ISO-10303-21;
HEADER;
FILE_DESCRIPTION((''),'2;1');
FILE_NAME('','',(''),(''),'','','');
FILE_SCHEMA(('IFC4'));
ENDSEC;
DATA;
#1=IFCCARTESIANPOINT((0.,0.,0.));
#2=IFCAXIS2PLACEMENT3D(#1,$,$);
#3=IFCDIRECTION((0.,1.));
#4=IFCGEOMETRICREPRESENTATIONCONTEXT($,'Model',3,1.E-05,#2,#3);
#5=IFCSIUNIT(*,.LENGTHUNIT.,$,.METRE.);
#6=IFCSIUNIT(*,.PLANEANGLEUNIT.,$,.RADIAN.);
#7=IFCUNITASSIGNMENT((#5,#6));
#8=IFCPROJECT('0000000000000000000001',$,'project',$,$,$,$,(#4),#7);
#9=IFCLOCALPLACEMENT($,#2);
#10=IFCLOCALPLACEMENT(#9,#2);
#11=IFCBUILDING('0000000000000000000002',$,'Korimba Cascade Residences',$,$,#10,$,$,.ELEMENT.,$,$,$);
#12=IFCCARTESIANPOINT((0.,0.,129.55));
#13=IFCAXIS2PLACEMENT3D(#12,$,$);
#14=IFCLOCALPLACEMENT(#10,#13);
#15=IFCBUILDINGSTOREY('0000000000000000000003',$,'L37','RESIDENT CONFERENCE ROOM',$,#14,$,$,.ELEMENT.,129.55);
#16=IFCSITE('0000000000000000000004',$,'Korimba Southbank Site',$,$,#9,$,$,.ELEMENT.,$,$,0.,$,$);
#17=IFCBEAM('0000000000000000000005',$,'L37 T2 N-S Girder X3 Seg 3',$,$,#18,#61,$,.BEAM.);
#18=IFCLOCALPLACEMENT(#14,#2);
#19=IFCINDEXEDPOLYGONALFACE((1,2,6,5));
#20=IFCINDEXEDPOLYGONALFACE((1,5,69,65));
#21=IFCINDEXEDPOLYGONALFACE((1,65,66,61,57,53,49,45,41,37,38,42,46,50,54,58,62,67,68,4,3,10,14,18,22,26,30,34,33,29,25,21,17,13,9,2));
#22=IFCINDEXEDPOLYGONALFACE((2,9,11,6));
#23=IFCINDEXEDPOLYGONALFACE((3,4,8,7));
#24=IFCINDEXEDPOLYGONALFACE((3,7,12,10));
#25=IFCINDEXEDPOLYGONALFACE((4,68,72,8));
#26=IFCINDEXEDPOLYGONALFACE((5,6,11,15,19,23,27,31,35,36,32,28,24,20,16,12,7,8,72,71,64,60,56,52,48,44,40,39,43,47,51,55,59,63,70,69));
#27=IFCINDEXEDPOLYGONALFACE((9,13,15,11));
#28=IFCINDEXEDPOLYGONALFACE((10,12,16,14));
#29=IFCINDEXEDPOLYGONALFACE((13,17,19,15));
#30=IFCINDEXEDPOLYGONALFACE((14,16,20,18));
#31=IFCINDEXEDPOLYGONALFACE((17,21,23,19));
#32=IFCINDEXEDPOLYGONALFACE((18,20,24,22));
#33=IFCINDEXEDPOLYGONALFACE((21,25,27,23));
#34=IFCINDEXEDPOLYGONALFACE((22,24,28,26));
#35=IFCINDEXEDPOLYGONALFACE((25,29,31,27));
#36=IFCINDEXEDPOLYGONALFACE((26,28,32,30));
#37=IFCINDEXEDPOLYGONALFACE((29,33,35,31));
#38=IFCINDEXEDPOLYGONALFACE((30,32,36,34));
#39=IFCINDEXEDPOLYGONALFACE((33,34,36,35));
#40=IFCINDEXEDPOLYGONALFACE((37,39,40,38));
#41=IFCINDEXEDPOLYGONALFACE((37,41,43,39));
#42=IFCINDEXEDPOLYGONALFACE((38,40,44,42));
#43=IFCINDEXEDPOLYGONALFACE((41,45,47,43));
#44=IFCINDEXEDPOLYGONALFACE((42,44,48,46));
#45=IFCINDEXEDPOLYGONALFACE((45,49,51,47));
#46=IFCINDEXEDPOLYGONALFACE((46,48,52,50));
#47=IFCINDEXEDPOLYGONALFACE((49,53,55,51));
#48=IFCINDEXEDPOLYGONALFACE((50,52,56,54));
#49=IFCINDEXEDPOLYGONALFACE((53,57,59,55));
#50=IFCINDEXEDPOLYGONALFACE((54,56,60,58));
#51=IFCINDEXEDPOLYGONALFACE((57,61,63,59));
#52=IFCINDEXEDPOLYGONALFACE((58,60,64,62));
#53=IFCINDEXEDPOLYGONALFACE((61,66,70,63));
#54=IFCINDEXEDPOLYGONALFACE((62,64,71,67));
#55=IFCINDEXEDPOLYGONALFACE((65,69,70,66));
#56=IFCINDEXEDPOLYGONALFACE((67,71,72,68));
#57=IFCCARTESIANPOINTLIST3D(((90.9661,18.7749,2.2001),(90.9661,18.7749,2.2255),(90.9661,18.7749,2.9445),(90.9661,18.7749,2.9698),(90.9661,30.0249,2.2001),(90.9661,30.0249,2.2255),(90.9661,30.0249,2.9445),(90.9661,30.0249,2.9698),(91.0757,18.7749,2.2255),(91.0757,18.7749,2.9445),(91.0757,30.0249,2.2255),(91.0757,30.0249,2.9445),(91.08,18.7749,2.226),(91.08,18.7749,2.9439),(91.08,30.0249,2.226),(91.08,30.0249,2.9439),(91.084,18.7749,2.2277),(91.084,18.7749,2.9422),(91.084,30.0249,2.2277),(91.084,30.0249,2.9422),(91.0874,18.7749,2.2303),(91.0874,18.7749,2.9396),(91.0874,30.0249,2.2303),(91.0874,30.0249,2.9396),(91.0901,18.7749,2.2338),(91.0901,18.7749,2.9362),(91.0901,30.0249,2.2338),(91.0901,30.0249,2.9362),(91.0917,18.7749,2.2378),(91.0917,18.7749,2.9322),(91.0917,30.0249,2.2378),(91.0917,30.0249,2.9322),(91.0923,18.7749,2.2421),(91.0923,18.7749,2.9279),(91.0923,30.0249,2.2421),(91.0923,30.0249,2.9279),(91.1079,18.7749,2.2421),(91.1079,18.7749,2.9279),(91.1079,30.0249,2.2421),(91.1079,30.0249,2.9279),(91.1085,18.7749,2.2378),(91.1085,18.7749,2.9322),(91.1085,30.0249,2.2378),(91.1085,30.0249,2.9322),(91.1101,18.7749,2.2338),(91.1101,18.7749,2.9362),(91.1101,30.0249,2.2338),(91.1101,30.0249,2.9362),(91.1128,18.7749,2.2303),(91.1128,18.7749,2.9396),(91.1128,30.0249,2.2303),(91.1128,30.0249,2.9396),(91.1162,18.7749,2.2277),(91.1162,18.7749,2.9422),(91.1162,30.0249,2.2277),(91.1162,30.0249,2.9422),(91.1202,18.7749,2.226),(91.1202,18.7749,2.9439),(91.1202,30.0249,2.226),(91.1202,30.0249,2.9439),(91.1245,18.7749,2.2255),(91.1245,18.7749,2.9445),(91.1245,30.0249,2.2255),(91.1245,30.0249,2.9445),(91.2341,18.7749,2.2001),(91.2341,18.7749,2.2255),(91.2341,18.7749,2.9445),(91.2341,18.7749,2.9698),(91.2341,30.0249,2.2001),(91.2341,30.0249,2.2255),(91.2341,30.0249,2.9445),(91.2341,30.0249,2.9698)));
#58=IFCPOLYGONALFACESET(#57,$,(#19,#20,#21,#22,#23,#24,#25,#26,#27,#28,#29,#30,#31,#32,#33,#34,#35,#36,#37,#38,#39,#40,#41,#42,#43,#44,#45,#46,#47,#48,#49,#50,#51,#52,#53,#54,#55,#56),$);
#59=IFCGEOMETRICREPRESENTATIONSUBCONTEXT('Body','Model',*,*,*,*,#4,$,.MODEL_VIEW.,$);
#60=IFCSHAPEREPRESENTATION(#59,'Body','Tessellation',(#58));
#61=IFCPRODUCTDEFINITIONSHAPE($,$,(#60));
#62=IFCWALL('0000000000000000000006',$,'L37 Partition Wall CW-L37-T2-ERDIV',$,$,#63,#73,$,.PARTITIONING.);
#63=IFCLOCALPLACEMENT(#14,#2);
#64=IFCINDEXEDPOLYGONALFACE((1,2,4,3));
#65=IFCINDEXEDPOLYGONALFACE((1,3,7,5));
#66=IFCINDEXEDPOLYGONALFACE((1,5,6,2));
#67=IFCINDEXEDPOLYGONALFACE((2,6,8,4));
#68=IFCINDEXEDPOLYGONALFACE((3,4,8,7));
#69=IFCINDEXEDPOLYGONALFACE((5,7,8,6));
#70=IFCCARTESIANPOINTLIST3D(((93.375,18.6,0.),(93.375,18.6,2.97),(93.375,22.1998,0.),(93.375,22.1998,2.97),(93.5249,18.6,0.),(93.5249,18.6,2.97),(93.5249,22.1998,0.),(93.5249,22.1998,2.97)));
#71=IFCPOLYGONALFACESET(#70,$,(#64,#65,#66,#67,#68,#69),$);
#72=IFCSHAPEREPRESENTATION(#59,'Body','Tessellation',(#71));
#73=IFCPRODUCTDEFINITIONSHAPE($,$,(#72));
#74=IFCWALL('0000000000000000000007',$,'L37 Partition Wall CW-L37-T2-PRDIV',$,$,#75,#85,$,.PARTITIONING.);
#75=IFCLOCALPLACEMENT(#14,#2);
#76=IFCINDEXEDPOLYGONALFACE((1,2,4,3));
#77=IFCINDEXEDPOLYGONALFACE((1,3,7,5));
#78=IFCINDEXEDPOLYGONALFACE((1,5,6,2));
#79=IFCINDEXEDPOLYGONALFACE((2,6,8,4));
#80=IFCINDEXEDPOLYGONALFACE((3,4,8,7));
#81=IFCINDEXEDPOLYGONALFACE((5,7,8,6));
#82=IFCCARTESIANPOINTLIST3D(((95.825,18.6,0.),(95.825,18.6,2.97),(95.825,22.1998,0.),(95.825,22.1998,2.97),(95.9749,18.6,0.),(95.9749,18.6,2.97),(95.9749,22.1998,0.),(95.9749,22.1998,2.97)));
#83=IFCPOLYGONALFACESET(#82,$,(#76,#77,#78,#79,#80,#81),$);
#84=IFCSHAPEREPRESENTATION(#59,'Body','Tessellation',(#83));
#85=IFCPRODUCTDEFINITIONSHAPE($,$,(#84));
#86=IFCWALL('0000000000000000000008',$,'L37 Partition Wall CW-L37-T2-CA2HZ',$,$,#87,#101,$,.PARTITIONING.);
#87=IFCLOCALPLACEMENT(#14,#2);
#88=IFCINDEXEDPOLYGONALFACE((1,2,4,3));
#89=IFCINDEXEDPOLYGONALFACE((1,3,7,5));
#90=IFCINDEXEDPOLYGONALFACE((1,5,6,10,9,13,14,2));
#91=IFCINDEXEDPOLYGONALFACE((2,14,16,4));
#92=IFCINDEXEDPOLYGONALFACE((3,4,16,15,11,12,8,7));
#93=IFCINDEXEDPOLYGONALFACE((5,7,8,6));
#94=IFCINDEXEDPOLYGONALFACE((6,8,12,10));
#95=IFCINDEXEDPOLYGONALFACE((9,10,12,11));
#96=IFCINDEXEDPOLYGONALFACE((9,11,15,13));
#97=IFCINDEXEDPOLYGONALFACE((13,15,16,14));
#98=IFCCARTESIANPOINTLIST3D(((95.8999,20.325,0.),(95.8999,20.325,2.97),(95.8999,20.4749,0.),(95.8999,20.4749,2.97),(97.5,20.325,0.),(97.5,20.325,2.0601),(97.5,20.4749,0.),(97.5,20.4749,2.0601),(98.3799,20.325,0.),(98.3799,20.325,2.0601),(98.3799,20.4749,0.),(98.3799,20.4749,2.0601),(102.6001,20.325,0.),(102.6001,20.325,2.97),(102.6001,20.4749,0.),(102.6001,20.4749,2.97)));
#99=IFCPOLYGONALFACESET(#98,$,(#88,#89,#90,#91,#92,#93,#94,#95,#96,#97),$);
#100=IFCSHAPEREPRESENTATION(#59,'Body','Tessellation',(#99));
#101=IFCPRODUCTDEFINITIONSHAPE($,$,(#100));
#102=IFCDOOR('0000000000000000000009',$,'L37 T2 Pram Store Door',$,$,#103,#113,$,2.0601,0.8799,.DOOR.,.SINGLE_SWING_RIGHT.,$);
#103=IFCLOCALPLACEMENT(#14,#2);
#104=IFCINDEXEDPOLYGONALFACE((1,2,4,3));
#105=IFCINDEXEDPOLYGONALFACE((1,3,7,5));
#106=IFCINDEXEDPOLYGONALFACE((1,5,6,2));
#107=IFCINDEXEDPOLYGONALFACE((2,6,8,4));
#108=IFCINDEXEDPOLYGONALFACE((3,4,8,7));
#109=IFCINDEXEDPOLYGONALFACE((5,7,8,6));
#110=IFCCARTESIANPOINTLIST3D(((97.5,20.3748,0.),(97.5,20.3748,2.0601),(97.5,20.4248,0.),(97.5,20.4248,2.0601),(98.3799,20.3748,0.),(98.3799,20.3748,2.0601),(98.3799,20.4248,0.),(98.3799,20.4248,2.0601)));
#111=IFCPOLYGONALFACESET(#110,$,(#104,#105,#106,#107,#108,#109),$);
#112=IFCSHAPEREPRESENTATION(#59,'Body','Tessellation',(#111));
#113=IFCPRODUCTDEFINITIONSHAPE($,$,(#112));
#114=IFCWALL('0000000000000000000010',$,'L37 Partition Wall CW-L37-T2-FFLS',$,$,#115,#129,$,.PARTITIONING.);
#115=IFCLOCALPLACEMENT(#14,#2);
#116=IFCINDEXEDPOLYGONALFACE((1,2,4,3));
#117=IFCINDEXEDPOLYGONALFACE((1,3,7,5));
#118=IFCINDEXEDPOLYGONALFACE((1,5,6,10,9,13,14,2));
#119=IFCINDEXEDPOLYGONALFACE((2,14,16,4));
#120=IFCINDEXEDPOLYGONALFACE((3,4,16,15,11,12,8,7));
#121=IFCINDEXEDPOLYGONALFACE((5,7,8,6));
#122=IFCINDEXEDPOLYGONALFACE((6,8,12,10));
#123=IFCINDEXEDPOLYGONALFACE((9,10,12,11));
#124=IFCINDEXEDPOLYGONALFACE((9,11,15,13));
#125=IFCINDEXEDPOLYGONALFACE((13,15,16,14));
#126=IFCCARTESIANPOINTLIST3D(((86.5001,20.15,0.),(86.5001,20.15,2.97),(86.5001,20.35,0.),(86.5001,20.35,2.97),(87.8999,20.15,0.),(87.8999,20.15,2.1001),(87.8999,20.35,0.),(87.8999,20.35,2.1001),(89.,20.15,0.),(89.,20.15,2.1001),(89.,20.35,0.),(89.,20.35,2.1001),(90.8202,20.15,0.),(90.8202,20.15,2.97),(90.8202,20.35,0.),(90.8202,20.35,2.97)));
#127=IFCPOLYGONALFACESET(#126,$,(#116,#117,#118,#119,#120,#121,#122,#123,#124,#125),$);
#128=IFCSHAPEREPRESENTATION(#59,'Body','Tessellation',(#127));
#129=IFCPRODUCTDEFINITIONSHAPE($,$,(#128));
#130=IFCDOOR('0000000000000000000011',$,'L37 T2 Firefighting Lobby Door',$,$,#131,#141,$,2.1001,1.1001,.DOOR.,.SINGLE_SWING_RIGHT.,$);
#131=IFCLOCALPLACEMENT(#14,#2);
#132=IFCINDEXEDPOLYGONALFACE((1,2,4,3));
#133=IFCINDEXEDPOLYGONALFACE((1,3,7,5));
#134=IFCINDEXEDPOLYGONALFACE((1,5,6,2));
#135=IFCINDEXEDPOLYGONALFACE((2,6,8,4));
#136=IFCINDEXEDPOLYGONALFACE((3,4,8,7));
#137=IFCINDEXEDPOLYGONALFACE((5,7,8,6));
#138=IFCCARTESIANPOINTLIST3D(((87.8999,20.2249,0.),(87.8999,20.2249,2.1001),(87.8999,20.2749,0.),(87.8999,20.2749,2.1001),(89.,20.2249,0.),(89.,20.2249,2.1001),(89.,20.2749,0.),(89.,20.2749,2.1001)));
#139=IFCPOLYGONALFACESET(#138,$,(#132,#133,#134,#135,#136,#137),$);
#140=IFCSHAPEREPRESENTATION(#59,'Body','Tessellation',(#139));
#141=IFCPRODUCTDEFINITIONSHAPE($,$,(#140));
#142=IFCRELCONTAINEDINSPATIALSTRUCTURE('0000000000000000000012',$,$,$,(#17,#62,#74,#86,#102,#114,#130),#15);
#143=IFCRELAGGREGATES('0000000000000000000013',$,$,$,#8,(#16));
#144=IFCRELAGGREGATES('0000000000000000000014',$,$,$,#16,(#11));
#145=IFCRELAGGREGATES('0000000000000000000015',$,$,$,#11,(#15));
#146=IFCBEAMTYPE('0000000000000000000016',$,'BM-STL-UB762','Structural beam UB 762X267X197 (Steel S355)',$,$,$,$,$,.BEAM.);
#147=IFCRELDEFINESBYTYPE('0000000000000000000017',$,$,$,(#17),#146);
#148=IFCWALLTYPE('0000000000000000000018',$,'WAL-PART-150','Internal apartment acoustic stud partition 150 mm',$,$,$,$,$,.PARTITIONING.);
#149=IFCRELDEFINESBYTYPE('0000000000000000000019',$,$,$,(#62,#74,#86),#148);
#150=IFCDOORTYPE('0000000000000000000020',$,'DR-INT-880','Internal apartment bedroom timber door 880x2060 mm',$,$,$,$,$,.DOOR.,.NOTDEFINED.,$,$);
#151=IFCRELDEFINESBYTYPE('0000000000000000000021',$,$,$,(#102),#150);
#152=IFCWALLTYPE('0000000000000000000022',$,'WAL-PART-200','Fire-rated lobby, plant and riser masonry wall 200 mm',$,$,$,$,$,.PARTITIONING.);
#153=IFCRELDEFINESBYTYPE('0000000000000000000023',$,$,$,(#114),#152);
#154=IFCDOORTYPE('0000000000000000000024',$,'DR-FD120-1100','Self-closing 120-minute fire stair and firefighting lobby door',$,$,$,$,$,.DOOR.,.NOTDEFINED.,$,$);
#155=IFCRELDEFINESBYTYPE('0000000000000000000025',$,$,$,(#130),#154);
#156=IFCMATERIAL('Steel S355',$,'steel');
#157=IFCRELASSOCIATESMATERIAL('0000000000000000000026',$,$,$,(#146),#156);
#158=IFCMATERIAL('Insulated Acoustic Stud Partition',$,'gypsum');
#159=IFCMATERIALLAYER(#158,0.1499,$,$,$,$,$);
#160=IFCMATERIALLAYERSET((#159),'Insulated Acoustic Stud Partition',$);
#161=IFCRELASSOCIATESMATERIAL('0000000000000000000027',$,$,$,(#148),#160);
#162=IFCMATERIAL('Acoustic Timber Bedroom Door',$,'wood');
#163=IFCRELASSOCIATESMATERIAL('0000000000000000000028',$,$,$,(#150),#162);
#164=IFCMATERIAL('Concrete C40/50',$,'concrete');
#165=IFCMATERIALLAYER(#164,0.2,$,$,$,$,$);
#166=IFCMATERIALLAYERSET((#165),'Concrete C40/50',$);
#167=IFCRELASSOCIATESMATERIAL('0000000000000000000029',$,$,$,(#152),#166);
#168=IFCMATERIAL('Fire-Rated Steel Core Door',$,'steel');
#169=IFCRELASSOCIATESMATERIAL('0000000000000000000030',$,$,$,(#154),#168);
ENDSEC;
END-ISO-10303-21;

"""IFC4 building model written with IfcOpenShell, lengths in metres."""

from ifc_helpers import new_model, si_unit, direction, frame, frame_2d, origin, origin_2d, place, context, subcontext, project, spatial, rectangle, i_section, extrude, material, layer, layer_set, material_profile, profile_set, type_object, element, fill, save


model = new_model("IFC4")

# Units and contexts
model_context = context("Model", 3, precision=1e-05, world=origin(), true_north=direction((0.0, 1.0)))
body_context = subcontext(model_context, "Body", "Model", "MODEL_VIEW")
ifc_project = project(units=[si_unit("LENGTHUNIT", "METRE"), si_unit("PLANEANGLEUNIT", "RADIAN")], contexts=[model_context])

# Site, building, storey
site_placement = place(None, origin())
site = spatial("IfcSite", under=ifc_project, at=site_placement, Name="Korimba Southbank Site", CompositionType="ELEMENT", RefElevation=0.0)
building_placement = place(site_placement, origin())
building = spatial("IfcBuilding", under=site, at=building_placement, Name="Korimba Cascade Residences", CompositionType="ELEMENT")
storey_placement = place(building_placement, frame((0.0, 0.0, 129.55)))
storey = spatial("IfcBuildingStorey", under=building, at=storey_placement, Name="L37", Description="RESIDENT CONFERENCE ROOM", CompositionType="ELEMENT", Elevation=129.55)

# Beam
ifc_material_1 = material(Name="Steel S355", Category="steel")
ifc_material_profile = material_profile(ifc_material_1, i_section(OverallWidth=0.2681, OverallDepth=0.7698, WebThickness=0.0156, FlangeThickness=0.0254, FilletRadius=0.0166, at=origin_2d()), Name="Steel S355")
ifc_profile_set = profile_set([ifc_material_profile], Name="Steel S355")
beam_type = type_object("IfcBeamType", Name="BM-STL-UB762", Description="Structural beam UB 762X267X197 (Steel S355)", PredefinedType="BEAM", material=ifc_profile_set)
beam_placement = place(storey_placement, frame((91.1001, 18.7749, 2.585), z_axis=(0.0, 1.0, 0.0), x_axis=(-1.0, 0.0, 0.0)))
element("IfcBeam", 1, at=beam_placement, inside=storey, type_object=beam_type, Name="L37 T2 N-S Girder X3 Seg 3", PredefinedType="BEAM", context=body_context, shape_type="SweptSolid", body=[
    extrude(i_section(OverallWidth=0.2681, OverallDepth=0.7698, WebThickness=0.0156, FlangeThickness=0.0254, FilletRadius=0.0166, at=origin_2d()), origin(), (0.0, 0.0, 1.0), 11.25),
])

# Walls
ifc_material_2 = material(Name="Insulated Acoustic Stud Partition", Category="gypsum")
ifc_layer_1 = layer(ifc_material_2, 0.1499)
ifc_layer_set_1 = layer_set([ifc_layer_1], Name="Insulated Acoustic Stud Partition")
wall_type_1 = type_object("IfcWallType", Name="WAL-PART-150", Description="Internal apartment acoustic stud partition 150 mm", PredefinedType="PARTITIONING", material=ifc_layer_set_1)
for number, where, z_axis, x_axis, name in (
    (2, (93.45, 18.6001, 0.0), (0.0, 0.0, 1.0), (0.0, 1.0, 0.0), "L37 Partition Wall CW-L37-T2-ERDIV"),
    (3, (95.8999, 18.6001, 0.0), (0.0, 0.0, 1.0), (0.0, 1.0, 0.0), "L37 Partition Wall CW-L37-T2-PRDIV"),
):
    element("IfcWall", number, at=place(storey_placement, frame(where, z_axis=z_axis, x_axis=x_axis)), inside=storey, type_object=wall_type_1, Name=name, PredefinedType="PARTITIONING", context=body_context, shape_type="SweptSolid", body=[
        extrude(rectangle(XDim=3.5999, YDim=0.1499, at=frame_2d((1.7998, 0.0))), origin(), (0.0, 0.0, 1.0), 2.97),
    ])

# Walls, openings, doors
wall_1_placement = place(storey_placement, frame((95.8999, 20.3999, 0.0), z_axis=(0.0, 0.0, 1.0), x_axis=(1.0, 0.0, 0.0)))
wall_1 = element("IfcWall", 4, at=wall_1_placement, inside=storey, type_object=wall_type_1, Name="L37 Partition Wall CW-L37-T2-CA2HZ", PredefinedType="PARTITIONING", context=body_context, shape_type="SweptSolid", body=[
    extrude(rectangle(XDim=6.7002, YDim=0.1499, at=frame_2d((3.3501, 0.0))), origin(), (0.0, 0.0, 1.0), 2.97),
])
opening_1_placement = place(wall_1_placement, frame((1.6001, 0.0, 0.0)))
opening_1 = element("IfcOpeningElement", 5, at=opening_1_placement, cuts=wall_1, PredefinedType="OPENING", context=body_context, shape_type="SweptSolid", body=[
    extrude(rectangle(XDim=0.8799, YDim=2.0601, at=frame_2d((0.4399, 1.03))), frame((0.0, 0.085, 0.0), z_axis=(0.0, -1.0, 0.0), x_axis=(1.0, 0.0, 0.0)), (0.0, 0.0, 1.0), 0.1699),
])
ifc_material_3 = material(Name="Acoustic Timber Bedroom Door", Category="wood")
door_type_1 = type_object("IfcDoorType", Name="DR-INT-880", Description="Internal apartment bedroom timber door 880x2060 mm", OperationType="NOTDEFINED", PredefinedType="DOOR", material=ifc_material_3)
door_1_placement = place(opening_1_placement, origin())
door_1 = element("IfcDoor", 6, at=door_1_placement, inside=storey, type_object=door_type_1, Name="L37 T2 Pram Store Door", OperationType="SINGLE_SWING_RIGHT", OverallHeight=2.0601, OverallWidth=0.8799, PredefinedType="DOOR", context=body_context, shape_type="SweptSolid", body=[
    extrude(rectangle(XDim=0.8799, YDim=2.0601, at=frame_2d((0.4399, 1.03))), frame((0.0, 0.0249, 0.0), z_axis=(0.0, -1.0, 0.0), x_axis=(1.0, 0.0, 0.0)), (0.0, 0.0, 1.0), 0.05),
])
fill(opening_1, door_1)
ifc_material_4 = material(Name="Concrete C40/50", Category="concrete")
ifc_layer_2 = layer(ifc_material_4, 0.2)
ifc_layer_set_2 = layer_set([ifc_layer_2], Name="Concrete C40/50")
wall_type_2 = type_object("IfcWallType", Name="WAL-PART-200", Description="Fire-rated lobby, plant and riser masonry wall 200 mm", PredefinedType="PARTITIONING", material=ifc_layer_set_2)
wall_2_placement = place(storey_placement, frame((86.5, 20.25, 0.0), z_axis=(0.0, 0.0, 1.0), x_axis=(1.0, 0.0, 0.0)))
wall_2 = element("IfcWall", 7, at=wall_2_placement, inside=storey, type_object=wall_type_2, Name="L37 Partition Wall CW-L37-T2-FFLS", PredefinedType="PARTITIONING", context=body_context, shape_type="SweptSolid", body=[
    extrude(rectangle(XDim=4.3201, YDim=0.2, at=frame_2d((2.1602, 0.0))), origin(), (0.0, 0.0, 1.0), 2.97),
])
opening_2_placement = place(wall_2_placement, frame((1.3999, 0.0, 0.0)))
opening_2 = element("IfcOpeningElement", 8, at=opening_2_placement, cuts=wall_2, PredefinedType="OPENING", context=body_context, shape_type="SweptSolid", body=[
    extrude(rectangle(XDim=1.1001, YDim=2.1001, at=frame_2d((0.55, 1.05))), frame((0.0, 0.1099, 0.0), z_axis=(0.0, -1.0, 0.0), x_axis=(1.0, 0.0, 0.0)), (0.0, 0.0, 1.0), 0.22),
])
ifc_material_5 = material(Name="Fire-Rated Steel Core Door", Category="steel")
door_type_2 = type_object("IfcDoorType", Name="DR-FD120-1100", Description="Self-closing 120-minute fire stair and firefighting lobby door", OperationType="NOTDEFINED", PredefinedType="DOOR", material=ifc_material_5)
door_2_placement = place(opening_2_placement, origin())
door_2 = element("IfcDoor", 9, at=door_2_placement, inside=storey, type_object=door_type_2, Name="L37 T2 Firefighting Lobby Door", OperationType="SINGLE_SWING_RIGHT", OverallHeight=2.1001, OverallWidth=1.1001, PredefinedType="DOOR", context=body_context, shape_type="SweptSolid", body=[
    extrude(rectangle(XDim=1.1001, YDim=2.1001, at=frame_2d((0.55, 1.05))), frame((0.0, 0.0249, 0.0), z_axis=(0.0, -1.0, 0.0), x_axis=(1.0, 0.0, 0.0)), (0.0, 0.0, 1.0), 0.05),
])
fill(opening_2, door_2)

save(model, "model.ifc")
